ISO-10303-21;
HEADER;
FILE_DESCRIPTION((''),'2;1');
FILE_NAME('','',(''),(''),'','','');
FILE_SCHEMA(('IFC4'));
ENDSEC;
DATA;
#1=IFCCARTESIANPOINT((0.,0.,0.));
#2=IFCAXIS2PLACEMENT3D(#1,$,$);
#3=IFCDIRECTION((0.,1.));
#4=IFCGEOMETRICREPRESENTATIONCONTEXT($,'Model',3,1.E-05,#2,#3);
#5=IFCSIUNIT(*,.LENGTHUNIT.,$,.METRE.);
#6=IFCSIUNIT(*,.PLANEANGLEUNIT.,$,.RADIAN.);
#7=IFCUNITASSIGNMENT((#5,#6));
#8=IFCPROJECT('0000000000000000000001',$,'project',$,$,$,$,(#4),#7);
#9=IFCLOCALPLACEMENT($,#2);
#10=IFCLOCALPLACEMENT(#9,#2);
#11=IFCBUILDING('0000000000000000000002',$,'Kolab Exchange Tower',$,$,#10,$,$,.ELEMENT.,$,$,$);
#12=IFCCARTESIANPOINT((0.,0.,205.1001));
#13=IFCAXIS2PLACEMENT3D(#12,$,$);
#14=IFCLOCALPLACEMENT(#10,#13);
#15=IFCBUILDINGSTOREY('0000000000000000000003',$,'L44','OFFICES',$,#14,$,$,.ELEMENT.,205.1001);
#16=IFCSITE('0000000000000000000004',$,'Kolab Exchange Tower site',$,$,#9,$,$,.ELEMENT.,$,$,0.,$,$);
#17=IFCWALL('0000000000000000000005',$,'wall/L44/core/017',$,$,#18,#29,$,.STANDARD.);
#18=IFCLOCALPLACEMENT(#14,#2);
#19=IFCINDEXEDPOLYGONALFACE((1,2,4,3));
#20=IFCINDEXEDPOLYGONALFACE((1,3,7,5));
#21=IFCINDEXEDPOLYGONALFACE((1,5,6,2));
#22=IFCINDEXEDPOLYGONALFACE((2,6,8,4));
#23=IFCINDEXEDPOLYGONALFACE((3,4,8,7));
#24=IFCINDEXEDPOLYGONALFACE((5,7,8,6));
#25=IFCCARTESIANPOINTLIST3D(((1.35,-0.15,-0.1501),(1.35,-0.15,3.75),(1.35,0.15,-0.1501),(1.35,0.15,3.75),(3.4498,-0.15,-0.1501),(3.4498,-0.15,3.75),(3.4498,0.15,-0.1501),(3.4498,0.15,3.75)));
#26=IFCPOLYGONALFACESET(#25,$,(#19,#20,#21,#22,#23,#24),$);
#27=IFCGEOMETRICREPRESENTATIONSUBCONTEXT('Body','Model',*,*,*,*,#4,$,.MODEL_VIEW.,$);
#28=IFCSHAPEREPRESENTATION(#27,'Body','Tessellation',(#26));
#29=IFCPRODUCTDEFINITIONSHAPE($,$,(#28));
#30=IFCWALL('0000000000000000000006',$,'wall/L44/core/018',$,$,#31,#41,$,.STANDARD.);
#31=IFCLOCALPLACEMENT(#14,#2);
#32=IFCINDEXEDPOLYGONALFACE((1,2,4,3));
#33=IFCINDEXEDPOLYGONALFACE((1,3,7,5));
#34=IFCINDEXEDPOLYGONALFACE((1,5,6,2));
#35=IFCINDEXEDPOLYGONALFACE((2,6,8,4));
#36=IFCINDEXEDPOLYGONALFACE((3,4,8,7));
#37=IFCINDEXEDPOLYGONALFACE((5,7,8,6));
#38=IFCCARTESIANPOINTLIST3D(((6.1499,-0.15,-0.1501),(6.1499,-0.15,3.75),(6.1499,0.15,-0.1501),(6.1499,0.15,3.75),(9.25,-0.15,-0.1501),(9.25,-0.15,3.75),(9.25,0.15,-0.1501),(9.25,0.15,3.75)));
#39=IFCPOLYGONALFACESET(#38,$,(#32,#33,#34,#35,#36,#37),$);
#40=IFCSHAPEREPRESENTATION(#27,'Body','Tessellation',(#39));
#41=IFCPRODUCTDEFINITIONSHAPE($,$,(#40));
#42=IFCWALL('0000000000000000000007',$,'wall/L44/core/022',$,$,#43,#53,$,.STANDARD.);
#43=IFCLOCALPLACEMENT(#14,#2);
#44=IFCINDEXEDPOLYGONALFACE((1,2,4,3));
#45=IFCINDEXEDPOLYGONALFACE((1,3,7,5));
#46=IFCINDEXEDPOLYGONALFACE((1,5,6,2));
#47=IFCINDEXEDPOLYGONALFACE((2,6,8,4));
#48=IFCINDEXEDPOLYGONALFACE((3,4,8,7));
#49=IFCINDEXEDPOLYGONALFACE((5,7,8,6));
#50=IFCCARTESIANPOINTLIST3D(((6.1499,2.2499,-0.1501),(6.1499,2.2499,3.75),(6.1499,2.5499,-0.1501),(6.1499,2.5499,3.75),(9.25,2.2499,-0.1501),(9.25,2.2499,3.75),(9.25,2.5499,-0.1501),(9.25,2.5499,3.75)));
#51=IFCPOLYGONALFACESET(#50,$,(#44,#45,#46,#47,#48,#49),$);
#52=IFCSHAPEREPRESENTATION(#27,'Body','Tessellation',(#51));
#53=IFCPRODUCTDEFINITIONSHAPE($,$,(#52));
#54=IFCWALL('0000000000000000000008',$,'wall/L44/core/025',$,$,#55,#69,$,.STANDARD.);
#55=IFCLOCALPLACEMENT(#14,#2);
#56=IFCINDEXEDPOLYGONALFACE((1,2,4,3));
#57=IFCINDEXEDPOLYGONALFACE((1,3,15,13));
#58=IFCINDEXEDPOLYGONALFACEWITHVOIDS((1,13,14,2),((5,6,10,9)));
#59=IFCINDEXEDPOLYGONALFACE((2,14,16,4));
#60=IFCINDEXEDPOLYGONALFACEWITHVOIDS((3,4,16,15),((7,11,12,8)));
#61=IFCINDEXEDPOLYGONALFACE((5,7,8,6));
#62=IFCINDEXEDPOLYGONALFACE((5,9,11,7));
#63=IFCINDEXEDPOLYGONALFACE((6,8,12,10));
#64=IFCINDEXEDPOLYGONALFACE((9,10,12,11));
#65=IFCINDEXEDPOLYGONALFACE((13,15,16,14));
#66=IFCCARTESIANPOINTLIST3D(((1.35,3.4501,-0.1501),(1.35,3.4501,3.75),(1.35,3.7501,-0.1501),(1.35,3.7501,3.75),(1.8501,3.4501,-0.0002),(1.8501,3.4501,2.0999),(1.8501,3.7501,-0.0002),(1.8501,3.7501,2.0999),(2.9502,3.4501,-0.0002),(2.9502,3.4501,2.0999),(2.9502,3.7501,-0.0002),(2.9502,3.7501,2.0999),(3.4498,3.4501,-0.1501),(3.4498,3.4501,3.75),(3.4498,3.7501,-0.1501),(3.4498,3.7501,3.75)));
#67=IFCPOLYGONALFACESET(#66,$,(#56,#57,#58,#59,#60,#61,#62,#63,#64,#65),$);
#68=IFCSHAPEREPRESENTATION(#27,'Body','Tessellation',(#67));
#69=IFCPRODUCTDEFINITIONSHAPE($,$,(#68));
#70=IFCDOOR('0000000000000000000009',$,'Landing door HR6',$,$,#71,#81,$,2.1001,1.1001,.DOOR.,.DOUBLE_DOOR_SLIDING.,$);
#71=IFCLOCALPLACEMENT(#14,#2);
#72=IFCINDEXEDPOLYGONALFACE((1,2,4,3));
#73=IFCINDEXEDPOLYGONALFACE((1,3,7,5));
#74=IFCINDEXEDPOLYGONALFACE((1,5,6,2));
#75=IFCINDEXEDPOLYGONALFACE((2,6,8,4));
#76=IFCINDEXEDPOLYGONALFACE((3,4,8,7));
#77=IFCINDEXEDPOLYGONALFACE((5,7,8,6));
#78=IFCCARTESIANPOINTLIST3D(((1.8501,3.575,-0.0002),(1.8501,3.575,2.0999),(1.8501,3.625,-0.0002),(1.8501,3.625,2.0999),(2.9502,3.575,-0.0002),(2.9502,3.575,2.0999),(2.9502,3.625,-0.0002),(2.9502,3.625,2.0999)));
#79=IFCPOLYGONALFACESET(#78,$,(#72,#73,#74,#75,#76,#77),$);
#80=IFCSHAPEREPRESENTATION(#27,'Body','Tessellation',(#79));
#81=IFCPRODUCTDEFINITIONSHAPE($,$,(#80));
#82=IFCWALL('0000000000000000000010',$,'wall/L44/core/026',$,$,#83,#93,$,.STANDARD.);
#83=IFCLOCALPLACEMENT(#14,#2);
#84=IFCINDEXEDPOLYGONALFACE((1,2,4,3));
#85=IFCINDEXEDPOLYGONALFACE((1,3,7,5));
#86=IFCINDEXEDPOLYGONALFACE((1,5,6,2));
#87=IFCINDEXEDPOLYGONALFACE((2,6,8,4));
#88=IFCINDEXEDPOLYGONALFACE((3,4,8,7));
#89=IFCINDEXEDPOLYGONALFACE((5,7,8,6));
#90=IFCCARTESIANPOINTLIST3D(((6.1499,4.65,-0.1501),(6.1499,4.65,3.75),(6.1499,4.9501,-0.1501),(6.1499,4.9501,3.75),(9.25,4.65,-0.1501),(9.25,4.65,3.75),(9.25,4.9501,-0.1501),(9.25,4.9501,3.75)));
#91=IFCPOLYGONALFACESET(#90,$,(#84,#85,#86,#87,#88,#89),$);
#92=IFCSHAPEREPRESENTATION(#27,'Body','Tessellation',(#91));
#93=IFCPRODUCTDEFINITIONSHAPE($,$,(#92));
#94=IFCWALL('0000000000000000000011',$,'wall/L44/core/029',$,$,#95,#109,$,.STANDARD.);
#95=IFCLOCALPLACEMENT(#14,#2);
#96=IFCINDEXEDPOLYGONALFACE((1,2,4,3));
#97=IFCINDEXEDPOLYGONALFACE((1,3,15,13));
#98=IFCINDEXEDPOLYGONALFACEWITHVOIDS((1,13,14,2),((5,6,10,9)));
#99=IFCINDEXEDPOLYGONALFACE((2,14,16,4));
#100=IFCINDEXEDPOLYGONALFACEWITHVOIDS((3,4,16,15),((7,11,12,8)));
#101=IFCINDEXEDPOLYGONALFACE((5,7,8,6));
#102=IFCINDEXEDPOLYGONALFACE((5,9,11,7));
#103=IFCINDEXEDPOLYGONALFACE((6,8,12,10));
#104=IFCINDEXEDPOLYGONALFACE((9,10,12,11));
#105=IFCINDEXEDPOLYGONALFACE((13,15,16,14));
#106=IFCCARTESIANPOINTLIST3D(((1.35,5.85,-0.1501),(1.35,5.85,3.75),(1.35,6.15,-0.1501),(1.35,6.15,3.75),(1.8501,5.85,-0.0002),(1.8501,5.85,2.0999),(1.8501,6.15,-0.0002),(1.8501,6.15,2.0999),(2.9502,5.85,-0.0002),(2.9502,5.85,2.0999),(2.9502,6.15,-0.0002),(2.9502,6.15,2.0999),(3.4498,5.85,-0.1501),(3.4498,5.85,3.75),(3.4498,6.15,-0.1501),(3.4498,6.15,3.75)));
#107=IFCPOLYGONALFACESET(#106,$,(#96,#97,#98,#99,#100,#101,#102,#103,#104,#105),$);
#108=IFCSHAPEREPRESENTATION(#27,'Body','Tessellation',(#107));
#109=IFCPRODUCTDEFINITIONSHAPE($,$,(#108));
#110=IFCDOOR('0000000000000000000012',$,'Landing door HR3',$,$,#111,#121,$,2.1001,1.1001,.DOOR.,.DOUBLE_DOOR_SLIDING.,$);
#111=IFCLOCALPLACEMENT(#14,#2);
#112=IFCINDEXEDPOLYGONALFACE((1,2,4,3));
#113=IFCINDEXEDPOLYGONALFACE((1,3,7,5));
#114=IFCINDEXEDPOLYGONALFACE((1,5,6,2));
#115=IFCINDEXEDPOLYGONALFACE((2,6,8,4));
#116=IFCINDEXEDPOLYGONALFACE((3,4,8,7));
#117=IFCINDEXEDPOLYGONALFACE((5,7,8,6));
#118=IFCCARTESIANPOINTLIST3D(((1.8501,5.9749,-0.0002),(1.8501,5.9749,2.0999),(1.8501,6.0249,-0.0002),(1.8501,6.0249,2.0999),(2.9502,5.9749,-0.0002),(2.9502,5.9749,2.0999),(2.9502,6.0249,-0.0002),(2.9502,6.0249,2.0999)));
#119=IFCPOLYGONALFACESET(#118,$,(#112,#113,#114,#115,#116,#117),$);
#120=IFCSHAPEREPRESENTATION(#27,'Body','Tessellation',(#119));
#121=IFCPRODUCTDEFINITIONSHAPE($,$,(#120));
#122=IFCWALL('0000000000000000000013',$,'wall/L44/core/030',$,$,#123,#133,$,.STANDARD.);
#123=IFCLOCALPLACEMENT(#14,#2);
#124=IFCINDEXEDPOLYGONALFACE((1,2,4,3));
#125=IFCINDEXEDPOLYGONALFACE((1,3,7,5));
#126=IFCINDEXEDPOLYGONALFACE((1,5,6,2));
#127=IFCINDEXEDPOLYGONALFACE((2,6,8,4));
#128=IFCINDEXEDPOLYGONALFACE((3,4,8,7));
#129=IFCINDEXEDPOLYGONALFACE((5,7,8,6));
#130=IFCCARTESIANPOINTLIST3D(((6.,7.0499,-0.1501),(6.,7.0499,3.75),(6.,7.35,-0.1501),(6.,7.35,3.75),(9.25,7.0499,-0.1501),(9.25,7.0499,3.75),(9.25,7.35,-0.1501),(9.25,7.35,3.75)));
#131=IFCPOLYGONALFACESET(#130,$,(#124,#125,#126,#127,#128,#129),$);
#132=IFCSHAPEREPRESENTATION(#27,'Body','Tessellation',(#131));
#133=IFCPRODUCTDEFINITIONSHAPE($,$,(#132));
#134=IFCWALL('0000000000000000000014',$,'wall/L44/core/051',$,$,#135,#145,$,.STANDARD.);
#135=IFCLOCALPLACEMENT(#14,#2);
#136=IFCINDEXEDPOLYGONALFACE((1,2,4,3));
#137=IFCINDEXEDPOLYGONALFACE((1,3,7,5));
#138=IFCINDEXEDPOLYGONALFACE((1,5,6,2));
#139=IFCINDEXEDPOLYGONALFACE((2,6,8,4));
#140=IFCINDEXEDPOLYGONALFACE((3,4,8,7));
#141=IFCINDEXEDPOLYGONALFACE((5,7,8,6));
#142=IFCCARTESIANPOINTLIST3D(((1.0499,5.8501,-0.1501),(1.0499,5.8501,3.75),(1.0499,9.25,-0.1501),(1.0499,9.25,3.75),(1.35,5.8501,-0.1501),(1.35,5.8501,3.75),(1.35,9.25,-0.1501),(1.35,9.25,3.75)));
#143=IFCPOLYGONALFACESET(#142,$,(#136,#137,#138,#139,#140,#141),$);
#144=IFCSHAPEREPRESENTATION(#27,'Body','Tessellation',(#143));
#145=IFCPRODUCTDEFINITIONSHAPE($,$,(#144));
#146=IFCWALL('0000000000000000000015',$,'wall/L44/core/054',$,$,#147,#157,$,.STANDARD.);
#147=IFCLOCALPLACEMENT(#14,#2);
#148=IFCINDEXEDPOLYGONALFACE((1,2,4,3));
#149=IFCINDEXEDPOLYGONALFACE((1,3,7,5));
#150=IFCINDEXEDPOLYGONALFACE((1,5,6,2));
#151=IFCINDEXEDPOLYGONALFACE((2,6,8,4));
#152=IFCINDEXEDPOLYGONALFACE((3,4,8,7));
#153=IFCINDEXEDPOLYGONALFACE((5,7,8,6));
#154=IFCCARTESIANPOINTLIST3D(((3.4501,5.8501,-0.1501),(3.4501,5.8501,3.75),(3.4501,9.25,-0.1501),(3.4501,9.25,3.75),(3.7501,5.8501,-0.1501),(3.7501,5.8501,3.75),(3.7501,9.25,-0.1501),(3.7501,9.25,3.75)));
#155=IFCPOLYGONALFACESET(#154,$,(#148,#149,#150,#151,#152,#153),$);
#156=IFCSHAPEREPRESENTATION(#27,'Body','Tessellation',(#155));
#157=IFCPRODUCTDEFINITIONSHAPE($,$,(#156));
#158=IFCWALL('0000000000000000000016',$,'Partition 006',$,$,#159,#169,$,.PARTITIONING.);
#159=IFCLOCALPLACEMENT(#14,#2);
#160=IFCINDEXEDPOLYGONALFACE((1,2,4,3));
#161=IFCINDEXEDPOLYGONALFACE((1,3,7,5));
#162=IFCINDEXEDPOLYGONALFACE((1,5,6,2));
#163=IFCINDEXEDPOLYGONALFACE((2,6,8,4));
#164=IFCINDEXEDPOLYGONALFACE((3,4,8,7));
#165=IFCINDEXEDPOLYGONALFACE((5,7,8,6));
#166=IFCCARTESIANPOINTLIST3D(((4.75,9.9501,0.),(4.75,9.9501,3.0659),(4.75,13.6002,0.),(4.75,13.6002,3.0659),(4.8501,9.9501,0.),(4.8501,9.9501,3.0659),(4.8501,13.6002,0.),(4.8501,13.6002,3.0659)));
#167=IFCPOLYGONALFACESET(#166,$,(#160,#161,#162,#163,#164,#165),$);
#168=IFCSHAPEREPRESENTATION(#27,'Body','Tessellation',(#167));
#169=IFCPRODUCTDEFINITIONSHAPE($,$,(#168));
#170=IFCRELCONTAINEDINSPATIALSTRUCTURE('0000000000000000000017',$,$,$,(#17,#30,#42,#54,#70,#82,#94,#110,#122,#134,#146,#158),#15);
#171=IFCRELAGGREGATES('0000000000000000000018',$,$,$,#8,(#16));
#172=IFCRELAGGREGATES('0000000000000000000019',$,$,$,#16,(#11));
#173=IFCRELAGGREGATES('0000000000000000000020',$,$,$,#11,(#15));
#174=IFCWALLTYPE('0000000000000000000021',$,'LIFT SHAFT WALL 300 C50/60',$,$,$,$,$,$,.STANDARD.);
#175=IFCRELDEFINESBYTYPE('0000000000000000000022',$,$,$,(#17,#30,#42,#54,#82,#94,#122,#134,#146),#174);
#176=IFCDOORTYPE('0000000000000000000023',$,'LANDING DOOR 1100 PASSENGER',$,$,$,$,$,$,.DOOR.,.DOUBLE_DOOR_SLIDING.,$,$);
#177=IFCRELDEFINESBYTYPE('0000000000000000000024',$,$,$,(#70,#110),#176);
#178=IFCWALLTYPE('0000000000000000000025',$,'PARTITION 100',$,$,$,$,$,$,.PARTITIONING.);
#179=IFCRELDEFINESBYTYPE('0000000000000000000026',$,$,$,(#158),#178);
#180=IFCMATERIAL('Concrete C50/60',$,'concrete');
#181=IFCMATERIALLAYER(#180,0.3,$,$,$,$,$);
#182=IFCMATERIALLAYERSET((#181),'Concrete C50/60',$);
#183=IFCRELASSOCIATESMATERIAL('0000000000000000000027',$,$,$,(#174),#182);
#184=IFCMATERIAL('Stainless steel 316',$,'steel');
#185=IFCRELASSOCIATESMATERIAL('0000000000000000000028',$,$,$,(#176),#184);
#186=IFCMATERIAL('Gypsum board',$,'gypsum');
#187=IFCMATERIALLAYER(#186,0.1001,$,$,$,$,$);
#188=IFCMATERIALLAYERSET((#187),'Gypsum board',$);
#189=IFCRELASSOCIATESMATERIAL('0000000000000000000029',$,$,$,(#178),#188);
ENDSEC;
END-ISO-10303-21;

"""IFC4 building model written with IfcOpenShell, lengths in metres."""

from ifc_helpers import new_model, si_unit, direction, frame, frame_2d, origin, place, context, subcontext, project, spatial, rectangle, extrude, material, layer, layer_set, type_object, element, fill, save


model = new_model("IFC4")

# Units and contexts
model_context = context("Model", 3, precision=1e-05, world=origin(), true_north=direction((0.0, 1.0)))
body_context = subcontext(model_context, "Body", "Model", "MODEL_VIEW")
ifc_project = project(units=[si_unit("LENGTHUNIT", "METRE"), si_unit("PLANEANGLEUNIT", "RADIAN")], contexts=[model_context])

# Site, building, storey
site_placement = place(None, origin())
site = spatial("IfcSite", under=ifc_project, at=site_placement, Name="Kolab Exchange Tower site", CompositionType="ELEMENT", RefElevation=0.0)
building_placement = place(site_placement, origin())
building = spatial("IfcBuilding", under=site, at=building_placement, Name="Kolab Exchange Tower", CompositionType="ELEMENT")
storey_placement = place(building_placement, frame((0.0, 0.0, 205.1001)))
storey = spatial("IfcBuildingStorey", under=building, at=storey_placement, Name="L44", Description="OFFICES", CompositionType="ELEMENT", Elevation=205.1001)

# Shared definitions
ifc_material_1 = material(Name="Concrete C50/60", Category="concrete")

# Walls
ifc_layer_1 = layer(ifc_material_1, 0.3)
ifc_layer_set_1 = layer_set([ifc_layer_1], Name="Concrete C50/60")
wall_type_1 = type_object("IfcWallType", Name="LIFT SHAFT WALL 300 C50/60", PredefinedType="STANDARD", material=ifc_layer_set_1)
wall_1_placement = place(storey_placement, frame((1.3501, 0.0, -0.1501), z_axis=(0.0, 0.0, 1.0), x_axis=(1.0, 0.0, 0.0)))
element("IfcWall", 1, at=wall_1_placement, inside=storey, type_object=wall_type_1, Name="wall/L44/core/017", PredefinedType="STANDARD", context=body_context, shape_type="SweptSolid", body=[
    extrude(rectangle(XDim=2.0999, YDim=0.3, at=frame_2d((1.0498, 0.0))), origin(), (0.0, 0.0, 1.0), 3.9001),
])
for number, where, z_axis, x_axis, name in (
    (2, (6.1499, 0.0, -0.1501), (0.0, 0.0, 1.0), (1.0, 0.0, 0.0), "wall/L44/core/018"),
    (3, (6.1499, 2.3999, -0.1501), (0.0, 0.0, 1.0), (1.0, 0.0, 0.0), "wall/L44/core/022"),
):
    element("IfcWall", number, at=place(storey_placement, frame(where, z_axis=z_axis, x_axis=x_axis)), inside=storey, type_object=wall_type_1, Name=name, PredefinedType="STANDARD", context=body_context, shape_type="SweptSolid", body=[
        extrude(rectangle(XDim=3.1001, YDim=0.3, at=frame_2d((1.55, 0.0))), origin(), (0.0, 0.0, 1.0), 3.9001),
    ])

# Wall, opening, door
wall_2_placement = place(storey_placement, frame((1.3501, 3.6001, -0.1501), z_axis=(0.0, 0.0, 1.0), x_axis=(1.0, 0.0, 0.0)))
wall_2 = element("IfcWall", 4, at=wall_2_placement, inside=storey, type_object=wall_type_1, Name="wall/L44/core/025", PredefinedType="STANDARD", context=body_context, shape_type="SweptSolid", body=[
    extrude(rectangle(XDim=2.0999, YDim=0.3, at=frame_2d((1.0498, 0.0))), origin(), (0.0, 0.0, 1.0), 3.9001),
])
opening_1_placement = place(wall_2_placement, frame((0.5, 0.0, 0.1499)))
opening_1 = element("IfcOpeningElement", 5, at=opening_1_placement, cuts=wall_2, PredefinedType="OPENING", context=body_context, shape_type="SweptSolid", body=[
    extrude(rectangle(XDim=1.1001, YDim=2.1001, at=frame_2d((0.55, 1.05))), frame((0.0, 0.1602, 0.0), z_axis=(0.0, -1.0, 0.0), x_axis=(1.0, 0.0, 0.0)), (0.0, 0.0, 1.0), 0.3201),
])
ifc_material_2 = material(Name="Stainless steel 316", Category="steel")
door_type_1 = type_object("IfcDoorType", Name="LANDING DOOR 1100 PASSENGER", OperationType="DOUBLE_DOOR_SLIDING", PredefinedType="DOOR", material=ifc_material_2)
door_1_placement = place(opening_1_placement, origin())
door_1 = element("IfcDoor", 6, at=door_1_placement, inside=storey, type_object=door_type_1, Name="Landing door HR6", OperationType="DOUBLE_DOOR_SLIDING", OverallHeight=2.1001, OverallWidth=1.1001, PredefinedType="DOOR", context=body_context, shape_type="SweptSolid", body=[
    extrude(rectangle(XDim=1.1001, YDim=2.1001, at=frame_2d((0.55, 1.05))), frame((0.0, 0.0249, 0.0), z_axis=(0.0, -1.0, 0.0), x_axis=(1.0, 0.0, 0.0)), (0.0, 0.0, 1.0), 0.05),
])
fill(opening_1, door_1)

# Wall
wall_3_placement = place(storey_placement, frame((6.1499, 4.8, -0.1501), z_axis=(0.0, 0.0, 1.0), x_axis=(1.0, 0.0, 0.0)))
element("IfcWall", 7, at=wall_3_placement, inside=storey, type_object=wall_type_1, Name="wall/L44/core/026", PredefinedType="STANDARD", context=body_context, shape_type="SweptSolid", body=[
    extrude(rectangle(XDim=3.1001, YDim=0.3, at=frame_2d((1.55, 0.0))), origin(), (0.0, 0.0, 1.0), 3.9001),
])

# Wall, opening, door
wall_4_placement = place(storey_placement, frame((1.3501, 6.0, -0.1501), z_axis=(0.0, 0.0, 1.0), x_axis=(1.0, 0.0, 0.0)))
wall_4 = element("IfcWall", 8, at=wall_4_placement, inside=storey, type_object=wall_type_1, Name="wall/L44/core/029", PredefinedType="STANDARD", context=body_context, shape_type="SweptSolid", body=[
    extrude(rectangle(XDim=2.0999, YDim=0.3, at=frame_2d((1.0498, 0.0))), origin(), (0.0, 0.0, 1.0), 3.9001),
])
opening_2_placement = place(wall_4_placement, frame((0.5, 0.0, 0.1499)))
opening_2 = element("IfcOpeningElement", 9, at=opening_2_placement, cuts=wall_4, PredefinedType="OPENING", context=body_context, shape_type="SweptSolid", body=[
    extrude(rectangle(XDim=1.1001, YDim=2.1001, at=frame_2d((0.55, 1.05))), frame((0.0, 0.1602, 0.0), z_axis=(0.0, -1.0, 0.0), x_axis=(1.0, 0.0, 0.0)), (0.0, 0.0, 1.0), 0.3201),
])
door_2_placement = place(opening_2_placement, origin())
door_2 = element("IfcDoor", 10, at=door_2_placement, inside=storey, type_object=door_type_1, Name="Landing door HR3", OperationType="DOUBLE_DOOR_SLIDING", OverallHeight=2.1001, OverallWidth=1.1001, PredefinedType="DOOR", context=body_context, shape_type="SweptSolid", body=[
    extrude(rectangle(XDim=1.1001, YDim=2.1001, at=frame_2d((0.55, 1.05))), frame((0.0, 0.0249, 0.0), z_axis=(0.0, -1.0, 0.0), x_axis=(1.0, 0.0, 0.0)), (0.0, 0.0, 1.0), 0.05),
])
fill(opening_2, door_2)

# Walls
wall_5_placement = place(storey_placement, frame((6.0, 7.2, -0.1501), z_axis=(0.0, 0.0, 1.0), x_axis=(1.0, 0.0, 0.0)))
element("IfcWall", 11, at=wall_5_placement, inside=storey, type_object=wall_type_1, Name="wall/L44/core/030", PredefinedType="STANDARD", context=body_context, shape_type="SweptSolid", body=[
    extrude(rectangle(XDim=3.25, YDim=0.3, at=frame_2d((1.625, 0.0))), origin(), (0.0, 0.0, 1.0), 3.9001),
])
for number, where, z_axis, x_axis, name in (
    (12, (1.2, 5.8501, -0.1501), (0.0, 0.0, 1.0), (0.0, 1.0, 0.0), "wall/L44/core/051"),
    (13, (3.6001, 5.8501, -0.1501), (0.0, 0.0, 1.0), (0.0, 1.0, 0.0), "wall/L44/core/054"),
):
    element("IfcWall", number, at=place(storey_placement, frame(where, z_axis=z_axis, x_axis=x_axis)), inside=storey, type_object=wall_type_1, Name=name, PredefinedType="STANDARD", context=body_context, shape_type="SweptSolid", body=[
        extrude(rectangle(XDim=3.3999, YDim=0.3, at=frame_2d((1.7, 0.0))), origin(), (0.0, 0.0, 1.0), 3.9001),
    ])
ifc_material_3 = material(Name="Gypsum board", Category="gypsum")
ifc_layer_2 = layer(ifc_material_3, 0.1001)
ifc_layer_set_2 = layer_set([ifc_layer_2], Name="Gypsum board")
wall_type_2 = type_object("IfcWallType", Name="PARTITION 100", PredefinedType="PARTITIONING", material=ifc_layer_set_2)
wall_6_placement = place(storey_placement, frame((4.8, 9.95, 0.0), z_axis=(0.0, 0.0, 1.0), x_axis=(0.0, 1.0, 0.0)))
element("IfcWall", 14, at=wall_6_placement, inside=storey, type_object=wall_type_2, Name="Partition 006", PredefinedType="PARTITIONING", context=body_context, shape_type="SweptSolid", body=[
    extrude(rectangle(XDim=3.6501, YDim=0.1001, at=frame_2d((1.8252, 0.0))), origin(), (0.0, 0.0, 1.0), 3.0659),
])

save(model, "model.ifc")
